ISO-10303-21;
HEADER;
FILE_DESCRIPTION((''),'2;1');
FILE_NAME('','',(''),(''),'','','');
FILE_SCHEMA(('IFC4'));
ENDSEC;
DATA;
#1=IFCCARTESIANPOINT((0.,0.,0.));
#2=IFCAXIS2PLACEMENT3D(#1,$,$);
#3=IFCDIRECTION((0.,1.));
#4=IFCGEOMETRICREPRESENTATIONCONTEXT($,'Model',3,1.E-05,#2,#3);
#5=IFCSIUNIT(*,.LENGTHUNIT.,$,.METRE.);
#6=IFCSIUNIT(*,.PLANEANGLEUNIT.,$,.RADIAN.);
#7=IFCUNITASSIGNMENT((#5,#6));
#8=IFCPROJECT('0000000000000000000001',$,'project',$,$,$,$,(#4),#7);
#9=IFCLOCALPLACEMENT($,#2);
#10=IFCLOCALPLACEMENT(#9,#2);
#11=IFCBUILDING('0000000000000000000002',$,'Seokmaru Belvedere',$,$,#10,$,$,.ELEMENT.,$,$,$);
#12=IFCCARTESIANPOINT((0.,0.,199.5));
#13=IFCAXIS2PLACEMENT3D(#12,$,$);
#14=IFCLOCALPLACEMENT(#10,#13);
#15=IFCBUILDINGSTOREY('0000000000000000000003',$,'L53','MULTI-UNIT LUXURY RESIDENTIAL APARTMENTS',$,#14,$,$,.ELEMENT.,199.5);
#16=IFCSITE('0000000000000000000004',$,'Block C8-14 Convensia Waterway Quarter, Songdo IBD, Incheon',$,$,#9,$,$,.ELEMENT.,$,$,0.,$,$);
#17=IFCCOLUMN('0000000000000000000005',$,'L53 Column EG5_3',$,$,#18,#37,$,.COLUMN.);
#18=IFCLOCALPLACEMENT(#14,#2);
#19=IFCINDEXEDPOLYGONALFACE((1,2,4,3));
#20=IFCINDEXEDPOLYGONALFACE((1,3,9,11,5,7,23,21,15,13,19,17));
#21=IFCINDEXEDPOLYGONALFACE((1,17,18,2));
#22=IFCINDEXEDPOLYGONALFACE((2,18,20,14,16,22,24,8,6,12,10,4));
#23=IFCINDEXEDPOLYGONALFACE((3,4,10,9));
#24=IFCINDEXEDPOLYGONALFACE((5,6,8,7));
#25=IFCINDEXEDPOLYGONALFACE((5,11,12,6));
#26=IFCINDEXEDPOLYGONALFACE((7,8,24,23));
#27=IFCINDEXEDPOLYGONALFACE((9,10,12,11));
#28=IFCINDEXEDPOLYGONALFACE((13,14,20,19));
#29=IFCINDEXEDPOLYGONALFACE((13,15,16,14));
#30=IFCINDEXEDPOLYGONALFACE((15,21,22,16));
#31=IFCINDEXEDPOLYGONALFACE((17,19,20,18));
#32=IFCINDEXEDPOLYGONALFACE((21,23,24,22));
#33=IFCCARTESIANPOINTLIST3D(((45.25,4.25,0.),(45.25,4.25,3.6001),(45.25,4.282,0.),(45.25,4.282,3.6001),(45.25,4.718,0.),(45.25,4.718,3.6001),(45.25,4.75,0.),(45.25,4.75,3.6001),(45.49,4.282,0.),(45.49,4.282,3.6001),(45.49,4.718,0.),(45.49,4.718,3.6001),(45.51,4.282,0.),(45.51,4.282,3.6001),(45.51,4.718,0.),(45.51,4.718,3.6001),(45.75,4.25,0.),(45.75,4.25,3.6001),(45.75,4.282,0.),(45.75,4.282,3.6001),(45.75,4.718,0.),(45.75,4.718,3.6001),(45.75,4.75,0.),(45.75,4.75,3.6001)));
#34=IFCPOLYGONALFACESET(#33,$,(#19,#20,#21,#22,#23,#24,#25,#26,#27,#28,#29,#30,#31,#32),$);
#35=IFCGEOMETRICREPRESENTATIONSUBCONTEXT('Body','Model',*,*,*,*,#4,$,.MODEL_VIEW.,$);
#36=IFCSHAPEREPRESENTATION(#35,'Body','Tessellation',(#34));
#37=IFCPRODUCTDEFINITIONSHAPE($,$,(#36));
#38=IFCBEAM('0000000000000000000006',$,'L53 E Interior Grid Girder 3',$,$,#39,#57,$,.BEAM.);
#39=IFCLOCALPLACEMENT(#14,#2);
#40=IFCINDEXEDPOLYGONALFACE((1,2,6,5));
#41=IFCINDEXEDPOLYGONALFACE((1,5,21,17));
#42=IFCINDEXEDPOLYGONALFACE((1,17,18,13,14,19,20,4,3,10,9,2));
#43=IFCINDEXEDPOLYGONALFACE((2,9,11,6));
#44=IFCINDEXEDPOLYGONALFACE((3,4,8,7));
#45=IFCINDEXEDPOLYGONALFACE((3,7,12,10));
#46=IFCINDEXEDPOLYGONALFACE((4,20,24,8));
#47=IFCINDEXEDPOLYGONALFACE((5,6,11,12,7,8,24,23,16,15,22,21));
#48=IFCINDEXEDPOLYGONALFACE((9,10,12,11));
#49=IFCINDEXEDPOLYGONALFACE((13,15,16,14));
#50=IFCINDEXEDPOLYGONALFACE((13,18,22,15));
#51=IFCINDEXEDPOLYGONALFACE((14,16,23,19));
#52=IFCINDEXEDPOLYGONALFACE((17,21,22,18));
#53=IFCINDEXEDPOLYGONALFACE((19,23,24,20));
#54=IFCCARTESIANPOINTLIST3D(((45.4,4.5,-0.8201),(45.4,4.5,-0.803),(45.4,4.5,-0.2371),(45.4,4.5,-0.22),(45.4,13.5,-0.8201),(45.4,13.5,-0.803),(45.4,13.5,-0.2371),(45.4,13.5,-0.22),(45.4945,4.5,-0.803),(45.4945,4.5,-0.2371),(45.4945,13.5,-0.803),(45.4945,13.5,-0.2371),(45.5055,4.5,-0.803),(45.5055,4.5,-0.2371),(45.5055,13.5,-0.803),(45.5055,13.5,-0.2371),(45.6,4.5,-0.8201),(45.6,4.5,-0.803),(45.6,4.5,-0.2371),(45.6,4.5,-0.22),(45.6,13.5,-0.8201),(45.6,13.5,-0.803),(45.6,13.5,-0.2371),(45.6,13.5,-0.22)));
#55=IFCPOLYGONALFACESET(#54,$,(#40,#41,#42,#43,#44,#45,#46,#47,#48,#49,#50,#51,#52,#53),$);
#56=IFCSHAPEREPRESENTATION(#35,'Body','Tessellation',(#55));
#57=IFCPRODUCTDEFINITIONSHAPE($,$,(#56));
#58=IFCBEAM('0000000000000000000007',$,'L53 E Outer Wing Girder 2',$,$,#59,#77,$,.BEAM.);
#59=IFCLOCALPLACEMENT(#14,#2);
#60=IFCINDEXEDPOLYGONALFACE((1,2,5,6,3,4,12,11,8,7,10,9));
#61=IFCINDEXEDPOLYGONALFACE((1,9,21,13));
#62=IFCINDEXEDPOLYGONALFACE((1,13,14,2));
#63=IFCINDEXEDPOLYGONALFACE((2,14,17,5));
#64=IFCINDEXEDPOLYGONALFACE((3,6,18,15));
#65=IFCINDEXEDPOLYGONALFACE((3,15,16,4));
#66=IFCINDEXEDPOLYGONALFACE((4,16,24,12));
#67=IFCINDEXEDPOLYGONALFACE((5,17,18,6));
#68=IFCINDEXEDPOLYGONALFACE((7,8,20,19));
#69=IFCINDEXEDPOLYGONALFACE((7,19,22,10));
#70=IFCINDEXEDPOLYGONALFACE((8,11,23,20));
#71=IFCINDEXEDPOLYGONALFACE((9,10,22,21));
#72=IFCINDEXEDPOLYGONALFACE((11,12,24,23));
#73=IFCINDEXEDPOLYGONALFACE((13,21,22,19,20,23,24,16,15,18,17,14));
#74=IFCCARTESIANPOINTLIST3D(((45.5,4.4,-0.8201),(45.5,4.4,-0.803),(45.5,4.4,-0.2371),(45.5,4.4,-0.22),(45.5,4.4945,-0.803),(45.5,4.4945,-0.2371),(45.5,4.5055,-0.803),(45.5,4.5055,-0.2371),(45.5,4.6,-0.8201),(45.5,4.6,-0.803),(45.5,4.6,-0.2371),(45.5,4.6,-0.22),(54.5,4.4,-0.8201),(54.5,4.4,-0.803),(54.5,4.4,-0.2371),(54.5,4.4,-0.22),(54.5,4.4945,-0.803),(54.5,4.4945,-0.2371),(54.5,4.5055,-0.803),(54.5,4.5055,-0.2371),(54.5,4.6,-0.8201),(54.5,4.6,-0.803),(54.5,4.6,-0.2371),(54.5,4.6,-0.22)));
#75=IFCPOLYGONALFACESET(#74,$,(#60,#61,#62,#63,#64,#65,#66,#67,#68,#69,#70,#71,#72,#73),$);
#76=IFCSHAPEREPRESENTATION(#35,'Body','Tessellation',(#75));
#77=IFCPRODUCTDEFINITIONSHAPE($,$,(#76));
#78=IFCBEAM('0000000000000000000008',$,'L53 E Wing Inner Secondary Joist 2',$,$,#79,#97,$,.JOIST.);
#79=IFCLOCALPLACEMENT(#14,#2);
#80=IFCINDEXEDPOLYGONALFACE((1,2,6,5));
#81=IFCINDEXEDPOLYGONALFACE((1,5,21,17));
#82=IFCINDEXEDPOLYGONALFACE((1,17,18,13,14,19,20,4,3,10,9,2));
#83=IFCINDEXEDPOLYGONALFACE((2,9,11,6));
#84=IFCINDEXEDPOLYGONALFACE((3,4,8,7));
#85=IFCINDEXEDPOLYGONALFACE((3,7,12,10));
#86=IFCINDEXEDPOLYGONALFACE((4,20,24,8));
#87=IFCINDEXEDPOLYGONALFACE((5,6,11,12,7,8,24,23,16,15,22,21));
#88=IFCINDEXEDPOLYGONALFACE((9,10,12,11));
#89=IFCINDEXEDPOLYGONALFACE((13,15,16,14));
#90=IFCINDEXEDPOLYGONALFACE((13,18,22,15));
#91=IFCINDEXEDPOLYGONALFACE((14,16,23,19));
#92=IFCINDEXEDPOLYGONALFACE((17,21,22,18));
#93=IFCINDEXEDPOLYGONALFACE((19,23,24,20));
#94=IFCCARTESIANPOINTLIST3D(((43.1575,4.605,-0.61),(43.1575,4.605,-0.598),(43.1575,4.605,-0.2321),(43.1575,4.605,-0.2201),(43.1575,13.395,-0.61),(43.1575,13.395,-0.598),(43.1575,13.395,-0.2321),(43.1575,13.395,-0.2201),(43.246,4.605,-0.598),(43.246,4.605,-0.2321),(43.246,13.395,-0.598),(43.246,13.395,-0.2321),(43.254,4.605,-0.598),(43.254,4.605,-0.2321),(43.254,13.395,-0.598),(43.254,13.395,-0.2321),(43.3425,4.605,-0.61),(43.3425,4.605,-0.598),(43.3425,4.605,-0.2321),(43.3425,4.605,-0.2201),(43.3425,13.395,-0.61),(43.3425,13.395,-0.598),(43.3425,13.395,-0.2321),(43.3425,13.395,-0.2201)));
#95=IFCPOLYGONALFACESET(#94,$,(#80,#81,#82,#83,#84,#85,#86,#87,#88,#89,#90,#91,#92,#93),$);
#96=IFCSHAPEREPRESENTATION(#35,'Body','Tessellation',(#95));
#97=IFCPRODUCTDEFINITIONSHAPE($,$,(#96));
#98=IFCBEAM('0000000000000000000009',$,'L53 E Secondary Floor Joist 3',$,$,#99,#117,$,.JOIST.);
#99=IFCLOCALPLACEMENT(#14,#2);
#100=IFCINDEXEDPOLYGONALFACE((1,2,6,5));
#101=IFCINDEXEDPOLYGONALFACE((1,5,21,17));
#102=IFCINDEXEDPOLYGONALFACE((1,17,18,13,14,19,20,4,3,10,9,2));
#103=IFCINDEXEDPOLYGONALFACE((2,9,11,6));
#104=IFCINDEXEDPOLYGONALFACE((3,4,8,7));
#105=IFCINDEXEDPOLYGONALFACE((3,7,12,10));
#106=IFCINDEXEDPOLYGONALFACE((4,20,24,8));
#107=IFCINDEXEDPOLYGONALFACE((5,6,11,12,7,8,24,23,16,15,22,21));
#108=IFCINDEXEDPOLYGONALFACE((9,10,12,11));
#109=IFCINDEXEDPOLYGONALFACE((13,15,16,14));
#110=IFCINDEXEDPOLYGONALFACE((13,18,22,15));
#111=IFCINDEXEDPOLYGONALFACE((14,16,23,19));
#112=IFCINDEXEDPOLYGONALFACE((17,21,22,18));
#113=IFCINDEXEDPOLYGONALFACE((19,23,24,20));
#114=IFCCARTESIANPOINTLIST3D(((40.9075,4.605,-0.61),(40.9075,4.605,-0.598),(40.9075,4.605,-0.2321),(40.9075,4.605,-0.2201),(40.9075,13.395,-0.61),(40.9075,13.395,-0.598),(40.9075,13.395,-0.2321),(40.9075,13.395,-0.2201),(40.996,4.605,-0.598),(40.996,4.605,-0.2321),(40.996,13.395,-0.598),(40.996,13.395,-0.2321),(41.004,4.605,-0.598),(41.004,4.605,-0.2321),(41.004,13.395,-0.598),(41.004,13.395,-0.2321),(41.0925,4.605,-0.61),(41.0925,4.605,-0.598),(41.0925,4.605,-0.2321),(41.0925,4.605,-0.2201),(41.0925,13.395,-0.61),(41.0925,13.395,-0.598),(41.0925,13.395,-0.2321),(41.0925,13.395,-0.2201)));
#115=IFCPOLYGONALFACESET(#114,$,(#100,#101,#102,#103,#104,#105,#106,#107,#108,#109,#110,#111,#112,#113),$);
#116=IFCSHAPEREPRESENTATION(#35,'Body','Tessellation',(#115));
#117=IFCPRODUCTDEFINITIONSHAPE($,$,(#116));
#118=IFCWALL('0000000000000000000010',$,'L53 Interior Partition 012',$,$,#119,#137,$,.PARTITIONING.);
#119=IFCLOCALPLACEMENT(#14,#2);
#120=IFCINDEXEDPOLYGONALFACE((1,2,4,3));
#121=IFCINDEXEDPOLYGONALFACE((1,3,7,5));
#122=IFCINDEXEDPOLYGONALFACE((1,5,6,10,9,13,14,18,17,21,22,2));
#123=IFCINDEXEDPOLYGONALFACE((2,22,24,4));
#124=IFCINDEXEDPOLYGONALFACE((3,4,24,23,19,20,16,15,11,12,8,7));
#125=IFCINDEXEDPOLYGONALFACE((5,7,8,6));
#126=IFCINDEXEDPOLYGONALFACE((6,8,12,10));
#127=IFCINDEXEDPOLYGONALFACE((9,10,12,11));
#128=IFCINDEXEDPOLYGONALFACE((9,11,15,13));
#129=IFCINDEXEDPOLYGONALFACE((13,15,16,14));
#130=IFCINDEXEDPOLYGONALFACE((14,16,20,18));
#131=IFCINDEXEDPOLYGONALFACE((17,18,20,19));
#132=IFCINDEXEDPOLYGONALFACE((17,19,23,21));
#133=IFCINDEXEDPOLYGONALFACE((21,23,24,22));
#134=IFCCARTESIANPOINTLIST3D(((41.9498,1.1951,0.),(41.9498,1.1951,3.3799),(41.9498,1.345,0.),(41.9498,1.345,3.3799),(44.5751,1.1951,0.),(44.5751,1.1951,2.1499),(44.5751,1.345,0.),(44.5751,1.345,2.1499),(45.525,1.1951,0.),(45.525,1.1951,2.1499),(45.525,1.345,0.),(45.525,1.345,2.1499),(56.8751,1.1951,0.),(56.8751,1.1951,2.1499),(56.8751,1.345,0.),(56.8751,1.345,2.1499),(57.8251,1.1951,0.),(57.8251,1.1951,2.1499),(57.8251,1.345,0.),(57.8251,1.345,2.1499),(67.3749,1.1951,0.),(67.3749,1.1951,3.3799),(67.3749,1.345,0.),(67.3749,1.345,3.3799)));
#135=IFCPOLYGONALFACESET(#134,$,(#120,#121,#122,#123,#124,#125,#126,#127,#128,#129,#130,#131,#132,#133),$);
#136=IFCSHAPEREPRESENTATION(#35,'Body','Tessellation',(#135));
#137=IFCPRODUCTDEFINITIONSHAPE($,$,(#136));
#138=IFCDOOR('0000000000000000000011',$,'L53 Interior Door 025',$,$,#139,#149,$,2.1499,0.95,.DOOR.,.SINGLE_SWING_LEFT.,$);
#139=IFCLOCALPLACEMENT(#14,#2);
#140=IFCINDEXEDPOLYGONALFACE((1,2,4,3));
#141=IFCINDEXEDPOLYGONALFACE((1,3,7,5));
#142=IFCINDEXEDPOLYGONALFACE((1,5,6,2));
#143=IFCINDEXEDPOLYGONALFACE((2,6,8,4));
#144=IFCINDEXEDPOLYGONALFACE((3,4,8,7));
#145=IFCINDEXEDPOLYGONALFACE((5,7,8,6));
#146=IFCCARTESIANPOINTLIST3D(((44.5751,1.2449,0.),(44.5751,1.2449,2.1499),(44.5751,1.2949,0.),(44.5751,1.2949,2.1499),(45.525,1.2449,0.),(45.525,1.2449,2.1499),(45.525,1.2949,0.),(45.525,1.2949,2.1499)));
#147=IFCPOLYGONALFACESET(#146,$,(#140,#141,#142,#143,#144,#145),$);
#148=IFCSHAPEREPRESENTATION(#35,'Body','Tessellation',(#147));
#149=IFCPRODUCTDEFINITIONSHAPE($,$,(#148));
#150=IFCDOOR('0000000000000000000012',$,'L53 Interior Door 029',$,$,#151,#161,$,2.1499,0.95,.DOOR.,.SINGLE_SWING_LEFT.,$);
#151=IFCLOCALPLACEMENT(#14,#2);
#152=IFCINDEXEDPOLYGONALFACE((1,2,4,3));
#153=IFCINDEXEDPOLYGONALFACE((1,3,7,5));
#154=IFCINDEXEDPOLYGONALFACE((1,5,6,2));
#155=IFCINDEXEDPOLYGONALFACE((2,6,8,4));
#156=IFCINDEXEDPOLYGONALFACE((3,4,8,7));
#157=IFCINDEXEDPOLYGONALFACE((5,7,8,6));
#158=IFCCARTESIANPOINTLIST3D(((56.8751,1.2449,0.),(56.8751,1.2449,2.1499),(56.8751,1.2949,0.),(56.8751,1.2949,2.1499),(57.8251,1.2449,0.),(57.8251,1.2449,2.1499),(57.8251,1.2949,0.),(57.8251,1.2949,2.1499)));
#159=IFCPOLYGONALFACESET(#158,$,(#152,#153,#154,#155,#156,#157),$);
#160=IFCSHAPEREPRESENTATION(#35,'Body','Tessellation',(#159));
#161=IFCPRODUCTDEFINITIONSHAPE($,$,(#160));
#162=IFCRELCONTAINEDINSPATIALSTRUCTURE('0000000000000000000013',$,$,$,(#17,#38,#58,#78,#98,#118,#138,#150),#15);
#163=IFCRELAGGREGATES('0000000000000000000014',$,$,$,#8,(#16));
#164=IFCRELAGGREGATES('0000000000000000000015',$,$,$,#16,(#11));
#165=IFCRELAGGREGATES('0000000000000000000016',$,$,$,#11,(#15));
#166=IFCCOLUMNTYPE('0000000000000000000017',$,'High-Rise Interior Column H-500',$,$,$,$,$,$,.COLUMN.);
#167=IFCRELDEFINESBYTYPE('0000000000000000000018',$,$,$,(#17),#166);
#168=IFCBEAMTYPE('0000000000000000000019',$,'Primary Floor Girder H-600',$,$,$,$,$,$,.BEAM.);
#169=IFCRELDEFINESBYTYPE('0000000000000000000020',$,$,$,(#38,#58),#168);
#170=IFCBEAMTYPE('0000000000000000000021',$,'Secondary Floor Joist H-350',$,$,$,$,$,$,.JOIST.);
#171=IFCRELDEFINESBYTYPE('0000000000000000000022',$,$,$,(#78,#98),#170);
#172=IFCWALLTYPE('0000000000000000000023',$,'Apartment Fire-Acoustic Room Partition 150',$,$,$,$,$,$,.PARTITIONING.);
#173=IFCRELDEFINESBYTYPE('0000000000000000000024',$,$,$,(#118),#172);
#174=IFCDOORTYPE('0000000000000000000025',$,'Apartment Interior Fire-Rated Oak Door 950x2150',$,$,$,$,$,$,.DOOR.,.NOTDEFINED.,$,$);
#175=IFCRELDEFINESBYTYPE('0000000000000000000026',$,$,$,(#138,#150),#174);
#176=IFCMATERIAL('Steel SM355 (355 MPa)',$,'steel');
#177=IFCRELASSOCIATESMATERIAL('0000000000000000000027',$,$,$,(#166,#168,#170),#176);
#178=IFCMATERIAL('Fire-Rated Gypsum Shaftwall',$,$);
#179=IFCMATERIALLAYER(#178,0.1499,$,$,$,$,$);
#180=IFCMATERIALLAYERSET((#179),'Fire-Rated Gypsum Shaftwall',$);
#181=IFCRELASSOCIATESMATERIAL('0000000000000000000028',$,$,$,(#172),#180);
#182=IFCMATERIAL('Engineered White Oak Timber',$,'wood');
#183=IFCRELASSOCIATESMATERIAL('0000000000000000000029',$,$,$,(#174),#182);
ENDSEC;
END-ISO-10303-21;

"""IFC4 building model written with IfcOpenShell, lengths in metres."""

from ifc_helpers import new_model, si_unit, direction, frame, frame_2d, origin, origin_2d, place, context, subcontext, project, spatial, rectangle, i_section, extrude, source, transform, mapped, material, layer, layer_set, material_profile, profile_set, type_object, type_shapes, element, fill, save


model = new_model("IFC4")

# Units and contexts
model_context = context("Model", 3, precision=1e-05, world=origin(), true_north=direction((0.0, 1.0)))
body_context = subcontext(model_context, "Body", "Model", "MODEL_VIEW")
ifc_project = project(units=[si_unit("LENGTHUNIT", "METRE"), si_unit("PLANEANGLEUNIT", "RADIAN")], contexts=[model_context])

# Site, building, storey
site_placement = place(None, origin())
site = spatial("IfcSite", under=ifc_project, at=site_placement, Name="Block C8-14 Convensia Waterway Quarter, Songdo IBD, Incheon", CompositionType="ELEMENT", RefElevation=0.0)
building_placement = place(site_placement, origin())
building = spatial("IfcBuilding", under=site, at=building_placement, Name="Seokmaru Belvedere", CompositionType="ELEMENT")
storey_placement = place(building_placement, frame((0.0, 0.0, 199.5)))
storey = spatial("IfcBuildingStorey", under=building, at=storey_placement, Name="L53", Description="MULTI-UNIT LUXURY RESIDENTIAL APARTMENTS", CompositionType="ELEMENT", Elevation=199.5)

# Column
ifc_material_1 = material(Name="Steel SM355 (355 MPa)", Category="steel")
ifc_material_profile_1 = material_profile(ifc_material_1, i_section(OverallWidth=0.5, OverallDepth=0.5, WebThickness=0.02, FlangeThickness=0.032, at=origin_2d()), Name="H-500x500x20x32")
ifc_profile_set_1 = profile_set([ifc_material_profile_1], Name="Steel SM355 (355 MPa)")
column_type = type_object("IfcColumnType", Name="High-Rise Interior Column H-500", PredefinedType="COLUMN", material=ifc_profile_set_1)
shared_shape_1 = source(origin(), body_context, "Body", "SweptSolid", [
    extrude(i_section(OverallWidth=0.5, OverallDepth=0.5, WebThickness=0.02, FlangeThickness=0.032, at=origin_2d()), origin(), (0.0, 0.0, 1.0), 3.6001),
])
type_shapes(column_type, [shared_shape_1])
column_placement = place(storey_placement, frame((45.5, 4.5, 0.0), z_axis=(0.0, 0.0, 1.0), x_axis=(1.0, 0.0, 0.0)))
element("IfcColumn", 1, at=column_placement, inside=storey, type_object=column_type, Name="L53 Column EG5_3", PredefinedType="COLUMN", context=body_context, shape_type="MappedRepresentation", body=[
    mapped(shared_shape_1, transform((0.0, 0.0, 0.0), scale=1.0)),
])

# Beams
ifc_material_profile_2 = material_profile(ifc_material_1, i_section(OverallWidth=0.2, OverallDepth=0.6001, WebThickness=0.011, FlangeThickness=0.0171, at=origin_2d()), Name="H-600x200x11x17")
ifc_profile_set_2 = profile_set([ifc_material_profile_2], Name="Steel SM355 (355 MPa)")
beam_type_1 = type_object("IfcBeamType", Name="Primary Floor Girder H-600", PredefinedType="BEAM", material=ifc_profile_set_2)
shared_shape_2 = source(origin(), body_context, "Body", "SweptSolid", [
    extrude(i_section(OverallWidth=0.2, OverallDepth=0.6001, WebThickness=0.011, FlangeThickness=0.0171, at=origin_2d()), origin(), (0.0, 0.0, 1.0), 9.0),
])
type_shapes(beam_type_1, [shared_shape_2])
for number, where, z_axis, x_axis, name in (
    (2, (45.5, 4.5, -0.52), (0.0, 1.0, 0.0), (-1.0, 0.0, 0.0), "L53 E Interior Grid Girder 3"),
    (3, (45.5, 4.5, -0.52), (1.0, 0.0, 0.0), (0.0, 1.0, 0.0), "L53 E Outer Wing Girder 2"),
):
    element("IfcBeam", number, at=place(storey_placement, frame(where, z_axis=z_axis, x_axis=x_axis)), inside=storey, type_object=beam_type_1, Name=name, PredefinedType="BEAM", context=body_context, shape_type="MappedRepresentation", body=[
        mapped(shared_shape_2, transform((0.0, 0.0, 0.0), scale=1.0)),
    ])
ifc_material_profile_3 = material_profile(ifc_material_1, i_section(OverallWidth=0.1851, OverallDepth=0.3899, WebThickness=0.0081, FlangeThickness=0.012, at=origin_2d()), Name="H-390x185x8x12")
ifc_profile_set_3 = profile_set([ifc_material_profile_3], Name="Steel SM355 (355 MPa)")
beam_type_2 = type_object("IfcBeamType", Name="Secondary Floor Joist H-350", PredefinedType="JOIST", material=ifc_profile_set_3)
shared_shape_3 = source(origin(), body_context, "Body", "SweptSolid", [
    extrude(i_section(OverallWidth=0.1851, OverallDepth=0.3899, WebThickness=0.0081, FlangeThickness=0.012, at=origin_2d()), origin(), (0.0, 0.0, 1.0), 8.79),
])
type_shapes(beam_type_2, [shared_shape_3])
for number, where, z_axis, x_axis, name in (
    (4, (43.25, 4.605, -0.415), (0.0, 1.0, 0.0), (-1.0, 0.0, 0.0), "L53 E Wing Inner Secondary Joist 2"),
    (5, (41.0, 4.605, -0.415), (0.0, 1.0, 0.0), (-1.0, 0.0, 0.0), "L53 E Secondary Floor Joist 3"),
):
    element("IfcBeam", number, at=place(storey_placement, frame(where, z_axis=z_axis, x_axis=x_axis)), inside=storey, type_object=beam_type_2, Name=name, PredefinedType="JOIST", context=body_context, shape_type="MappedRepresentation", body=[
        mapped(shared_shape_3, transform((0.0, 0.0, 0.0), scale=1.0)),
    ])

# Wall, openings, doors
ifc_material_2 = material(Name="Fire-Rated Gypsum Shaftwall")
ifc_layer_1 = layer(ifc_material_2, 0.1499)
ifc_layer_set_1 = layer_set([ifc_layer_1], Name="Fire-Rated Gypsum Shaftwall")
wall_type_1 = type_object("IfcWallType", Name="Apartment Fire-Acoustic Room Partition 150", PredefinedType="PARTITIONING", material=ifc_layer_set_1)
wall_1_placement = place(storey_placement, frame((41.95, 1.27, 0.0), z_axis=(0.0, 0.0, 1.0), x_axis=(1.0, 0.0, 0.0)))
wall_1 = element("IfcWall", 6, at=wall_1_placement, inside=storey, type_object=wall_type_1, Name="L53 Interior Partition 012", PredefinedType="PARTITIONING", context=body_context, shape_type="SweptSolid", body=[
    extrude(rectangle(XDim=25.425, YDim=0.1499, at=frame_2d((12.7124, 0.0))), origin(), (0.0, 0.0, 1.0), 3.3799),
])
opening_1_placement = place(wall_1_placement, frame((2.625, 0.0, 0.0)))
opening_1 = element("IfcOpeningElement", 7, at=opening_1_placement, cuts=wall_1, PredefinedType="OPENING", context=body_context, shape_type="SweptSolid", body=[
    extrude(rectangle(XDim=0.95, YDim=2.1499, at=frame_2d((0.4751, 1.075))), frame((0.0, 0.085, 0.0), z_axis=(0.0, -1.0, 0.0), x_axis=(1.0, 0.0, 0.0)), (0.0, 0.0, 1.0), 0.1699),
])
opening_2_placement = place(wall_1_placement, frame((14.925, 0.0, 0.0)))
opening_2 = element("IfcOpeningElement", 8, at=opening_2_placement, cuts=wall_1, PredefinedType="OPENING", context=body_context, shape_type="SweptSolid", body=[
    extrude(rectangle(XDim=0.95, YDim=2.1499, at=frame_2d((0.4751, 1.075))), frame((0.0, 0.085, 0.0), z_axis=(0.0, -1.0, 0.0), x_axis=(1.0, 0.0, 0.0)), (0.0, 0.0, 1.0), 0.1699),
])
ifc_material_3 = material(Name="Engineered White Oak Timber", Category="wood")
door_type_1 = type_object("IfcDoorType", Name="Apartment Interior Fire-Rated Oak Door 950x2150", OperationType="NOTDEFINED", PredefinedType="DOOR", material=ifc_material_3)
shared_shape_4 = source(origin(), body_context, "Body", "SweptSolid", [
    extrude(rectangle(XDim=0.95, YDim=2.1499, at=frame_2d((0.4751, 1.075))), frame((0.0, 0.0249, 0.0), z_axis=(0.0, -1.0, 0.0), x_axis=(1.0, 0.0, 0.0)), (0.0, 0.0, 1.0), 0.05),
])
type_shapes(door_type_1, [shared_shape_4])
door_1_placement = place(opening_1_placement, origin())
door_1 = element("IfcDoor", 9, at=door_1_placement, inside=storey, type_object=door_type_1, Name="L53 Interior Door 025", OperationType="SINGLE_SWING_LEFT", OverallHeight=2.1499, OverallWidth=0.95, PredefinedType="DOOR", context=body_context, shape_type="MappedRepresentation", body=[
    mapped(shared_shape_4, transform((0.0, 0.0, 0.0), scale=1.0)),
])
fill(opening_1, door_1)
door_2_placement = place(opening_2_placement, origin())
door_2 = element("IfcDoor", 10, at=door_2_placement, inside=storey, type_object=door_type_1, Name="L53 Interior Door 029", OperationType="SINGLE_SWING_LEFT", OverallHeight=2.1499, OverallWidth=0.95, PredefinedType="DOOR", context=body_context, shape_type="MappedRepresentation", body=[
    mapped(shared_shape_4, transform((0.0, 0.0, 0.0), scale=1.0)),
])
fill(opening_2, door_2)

save(model, "model.ifc")
